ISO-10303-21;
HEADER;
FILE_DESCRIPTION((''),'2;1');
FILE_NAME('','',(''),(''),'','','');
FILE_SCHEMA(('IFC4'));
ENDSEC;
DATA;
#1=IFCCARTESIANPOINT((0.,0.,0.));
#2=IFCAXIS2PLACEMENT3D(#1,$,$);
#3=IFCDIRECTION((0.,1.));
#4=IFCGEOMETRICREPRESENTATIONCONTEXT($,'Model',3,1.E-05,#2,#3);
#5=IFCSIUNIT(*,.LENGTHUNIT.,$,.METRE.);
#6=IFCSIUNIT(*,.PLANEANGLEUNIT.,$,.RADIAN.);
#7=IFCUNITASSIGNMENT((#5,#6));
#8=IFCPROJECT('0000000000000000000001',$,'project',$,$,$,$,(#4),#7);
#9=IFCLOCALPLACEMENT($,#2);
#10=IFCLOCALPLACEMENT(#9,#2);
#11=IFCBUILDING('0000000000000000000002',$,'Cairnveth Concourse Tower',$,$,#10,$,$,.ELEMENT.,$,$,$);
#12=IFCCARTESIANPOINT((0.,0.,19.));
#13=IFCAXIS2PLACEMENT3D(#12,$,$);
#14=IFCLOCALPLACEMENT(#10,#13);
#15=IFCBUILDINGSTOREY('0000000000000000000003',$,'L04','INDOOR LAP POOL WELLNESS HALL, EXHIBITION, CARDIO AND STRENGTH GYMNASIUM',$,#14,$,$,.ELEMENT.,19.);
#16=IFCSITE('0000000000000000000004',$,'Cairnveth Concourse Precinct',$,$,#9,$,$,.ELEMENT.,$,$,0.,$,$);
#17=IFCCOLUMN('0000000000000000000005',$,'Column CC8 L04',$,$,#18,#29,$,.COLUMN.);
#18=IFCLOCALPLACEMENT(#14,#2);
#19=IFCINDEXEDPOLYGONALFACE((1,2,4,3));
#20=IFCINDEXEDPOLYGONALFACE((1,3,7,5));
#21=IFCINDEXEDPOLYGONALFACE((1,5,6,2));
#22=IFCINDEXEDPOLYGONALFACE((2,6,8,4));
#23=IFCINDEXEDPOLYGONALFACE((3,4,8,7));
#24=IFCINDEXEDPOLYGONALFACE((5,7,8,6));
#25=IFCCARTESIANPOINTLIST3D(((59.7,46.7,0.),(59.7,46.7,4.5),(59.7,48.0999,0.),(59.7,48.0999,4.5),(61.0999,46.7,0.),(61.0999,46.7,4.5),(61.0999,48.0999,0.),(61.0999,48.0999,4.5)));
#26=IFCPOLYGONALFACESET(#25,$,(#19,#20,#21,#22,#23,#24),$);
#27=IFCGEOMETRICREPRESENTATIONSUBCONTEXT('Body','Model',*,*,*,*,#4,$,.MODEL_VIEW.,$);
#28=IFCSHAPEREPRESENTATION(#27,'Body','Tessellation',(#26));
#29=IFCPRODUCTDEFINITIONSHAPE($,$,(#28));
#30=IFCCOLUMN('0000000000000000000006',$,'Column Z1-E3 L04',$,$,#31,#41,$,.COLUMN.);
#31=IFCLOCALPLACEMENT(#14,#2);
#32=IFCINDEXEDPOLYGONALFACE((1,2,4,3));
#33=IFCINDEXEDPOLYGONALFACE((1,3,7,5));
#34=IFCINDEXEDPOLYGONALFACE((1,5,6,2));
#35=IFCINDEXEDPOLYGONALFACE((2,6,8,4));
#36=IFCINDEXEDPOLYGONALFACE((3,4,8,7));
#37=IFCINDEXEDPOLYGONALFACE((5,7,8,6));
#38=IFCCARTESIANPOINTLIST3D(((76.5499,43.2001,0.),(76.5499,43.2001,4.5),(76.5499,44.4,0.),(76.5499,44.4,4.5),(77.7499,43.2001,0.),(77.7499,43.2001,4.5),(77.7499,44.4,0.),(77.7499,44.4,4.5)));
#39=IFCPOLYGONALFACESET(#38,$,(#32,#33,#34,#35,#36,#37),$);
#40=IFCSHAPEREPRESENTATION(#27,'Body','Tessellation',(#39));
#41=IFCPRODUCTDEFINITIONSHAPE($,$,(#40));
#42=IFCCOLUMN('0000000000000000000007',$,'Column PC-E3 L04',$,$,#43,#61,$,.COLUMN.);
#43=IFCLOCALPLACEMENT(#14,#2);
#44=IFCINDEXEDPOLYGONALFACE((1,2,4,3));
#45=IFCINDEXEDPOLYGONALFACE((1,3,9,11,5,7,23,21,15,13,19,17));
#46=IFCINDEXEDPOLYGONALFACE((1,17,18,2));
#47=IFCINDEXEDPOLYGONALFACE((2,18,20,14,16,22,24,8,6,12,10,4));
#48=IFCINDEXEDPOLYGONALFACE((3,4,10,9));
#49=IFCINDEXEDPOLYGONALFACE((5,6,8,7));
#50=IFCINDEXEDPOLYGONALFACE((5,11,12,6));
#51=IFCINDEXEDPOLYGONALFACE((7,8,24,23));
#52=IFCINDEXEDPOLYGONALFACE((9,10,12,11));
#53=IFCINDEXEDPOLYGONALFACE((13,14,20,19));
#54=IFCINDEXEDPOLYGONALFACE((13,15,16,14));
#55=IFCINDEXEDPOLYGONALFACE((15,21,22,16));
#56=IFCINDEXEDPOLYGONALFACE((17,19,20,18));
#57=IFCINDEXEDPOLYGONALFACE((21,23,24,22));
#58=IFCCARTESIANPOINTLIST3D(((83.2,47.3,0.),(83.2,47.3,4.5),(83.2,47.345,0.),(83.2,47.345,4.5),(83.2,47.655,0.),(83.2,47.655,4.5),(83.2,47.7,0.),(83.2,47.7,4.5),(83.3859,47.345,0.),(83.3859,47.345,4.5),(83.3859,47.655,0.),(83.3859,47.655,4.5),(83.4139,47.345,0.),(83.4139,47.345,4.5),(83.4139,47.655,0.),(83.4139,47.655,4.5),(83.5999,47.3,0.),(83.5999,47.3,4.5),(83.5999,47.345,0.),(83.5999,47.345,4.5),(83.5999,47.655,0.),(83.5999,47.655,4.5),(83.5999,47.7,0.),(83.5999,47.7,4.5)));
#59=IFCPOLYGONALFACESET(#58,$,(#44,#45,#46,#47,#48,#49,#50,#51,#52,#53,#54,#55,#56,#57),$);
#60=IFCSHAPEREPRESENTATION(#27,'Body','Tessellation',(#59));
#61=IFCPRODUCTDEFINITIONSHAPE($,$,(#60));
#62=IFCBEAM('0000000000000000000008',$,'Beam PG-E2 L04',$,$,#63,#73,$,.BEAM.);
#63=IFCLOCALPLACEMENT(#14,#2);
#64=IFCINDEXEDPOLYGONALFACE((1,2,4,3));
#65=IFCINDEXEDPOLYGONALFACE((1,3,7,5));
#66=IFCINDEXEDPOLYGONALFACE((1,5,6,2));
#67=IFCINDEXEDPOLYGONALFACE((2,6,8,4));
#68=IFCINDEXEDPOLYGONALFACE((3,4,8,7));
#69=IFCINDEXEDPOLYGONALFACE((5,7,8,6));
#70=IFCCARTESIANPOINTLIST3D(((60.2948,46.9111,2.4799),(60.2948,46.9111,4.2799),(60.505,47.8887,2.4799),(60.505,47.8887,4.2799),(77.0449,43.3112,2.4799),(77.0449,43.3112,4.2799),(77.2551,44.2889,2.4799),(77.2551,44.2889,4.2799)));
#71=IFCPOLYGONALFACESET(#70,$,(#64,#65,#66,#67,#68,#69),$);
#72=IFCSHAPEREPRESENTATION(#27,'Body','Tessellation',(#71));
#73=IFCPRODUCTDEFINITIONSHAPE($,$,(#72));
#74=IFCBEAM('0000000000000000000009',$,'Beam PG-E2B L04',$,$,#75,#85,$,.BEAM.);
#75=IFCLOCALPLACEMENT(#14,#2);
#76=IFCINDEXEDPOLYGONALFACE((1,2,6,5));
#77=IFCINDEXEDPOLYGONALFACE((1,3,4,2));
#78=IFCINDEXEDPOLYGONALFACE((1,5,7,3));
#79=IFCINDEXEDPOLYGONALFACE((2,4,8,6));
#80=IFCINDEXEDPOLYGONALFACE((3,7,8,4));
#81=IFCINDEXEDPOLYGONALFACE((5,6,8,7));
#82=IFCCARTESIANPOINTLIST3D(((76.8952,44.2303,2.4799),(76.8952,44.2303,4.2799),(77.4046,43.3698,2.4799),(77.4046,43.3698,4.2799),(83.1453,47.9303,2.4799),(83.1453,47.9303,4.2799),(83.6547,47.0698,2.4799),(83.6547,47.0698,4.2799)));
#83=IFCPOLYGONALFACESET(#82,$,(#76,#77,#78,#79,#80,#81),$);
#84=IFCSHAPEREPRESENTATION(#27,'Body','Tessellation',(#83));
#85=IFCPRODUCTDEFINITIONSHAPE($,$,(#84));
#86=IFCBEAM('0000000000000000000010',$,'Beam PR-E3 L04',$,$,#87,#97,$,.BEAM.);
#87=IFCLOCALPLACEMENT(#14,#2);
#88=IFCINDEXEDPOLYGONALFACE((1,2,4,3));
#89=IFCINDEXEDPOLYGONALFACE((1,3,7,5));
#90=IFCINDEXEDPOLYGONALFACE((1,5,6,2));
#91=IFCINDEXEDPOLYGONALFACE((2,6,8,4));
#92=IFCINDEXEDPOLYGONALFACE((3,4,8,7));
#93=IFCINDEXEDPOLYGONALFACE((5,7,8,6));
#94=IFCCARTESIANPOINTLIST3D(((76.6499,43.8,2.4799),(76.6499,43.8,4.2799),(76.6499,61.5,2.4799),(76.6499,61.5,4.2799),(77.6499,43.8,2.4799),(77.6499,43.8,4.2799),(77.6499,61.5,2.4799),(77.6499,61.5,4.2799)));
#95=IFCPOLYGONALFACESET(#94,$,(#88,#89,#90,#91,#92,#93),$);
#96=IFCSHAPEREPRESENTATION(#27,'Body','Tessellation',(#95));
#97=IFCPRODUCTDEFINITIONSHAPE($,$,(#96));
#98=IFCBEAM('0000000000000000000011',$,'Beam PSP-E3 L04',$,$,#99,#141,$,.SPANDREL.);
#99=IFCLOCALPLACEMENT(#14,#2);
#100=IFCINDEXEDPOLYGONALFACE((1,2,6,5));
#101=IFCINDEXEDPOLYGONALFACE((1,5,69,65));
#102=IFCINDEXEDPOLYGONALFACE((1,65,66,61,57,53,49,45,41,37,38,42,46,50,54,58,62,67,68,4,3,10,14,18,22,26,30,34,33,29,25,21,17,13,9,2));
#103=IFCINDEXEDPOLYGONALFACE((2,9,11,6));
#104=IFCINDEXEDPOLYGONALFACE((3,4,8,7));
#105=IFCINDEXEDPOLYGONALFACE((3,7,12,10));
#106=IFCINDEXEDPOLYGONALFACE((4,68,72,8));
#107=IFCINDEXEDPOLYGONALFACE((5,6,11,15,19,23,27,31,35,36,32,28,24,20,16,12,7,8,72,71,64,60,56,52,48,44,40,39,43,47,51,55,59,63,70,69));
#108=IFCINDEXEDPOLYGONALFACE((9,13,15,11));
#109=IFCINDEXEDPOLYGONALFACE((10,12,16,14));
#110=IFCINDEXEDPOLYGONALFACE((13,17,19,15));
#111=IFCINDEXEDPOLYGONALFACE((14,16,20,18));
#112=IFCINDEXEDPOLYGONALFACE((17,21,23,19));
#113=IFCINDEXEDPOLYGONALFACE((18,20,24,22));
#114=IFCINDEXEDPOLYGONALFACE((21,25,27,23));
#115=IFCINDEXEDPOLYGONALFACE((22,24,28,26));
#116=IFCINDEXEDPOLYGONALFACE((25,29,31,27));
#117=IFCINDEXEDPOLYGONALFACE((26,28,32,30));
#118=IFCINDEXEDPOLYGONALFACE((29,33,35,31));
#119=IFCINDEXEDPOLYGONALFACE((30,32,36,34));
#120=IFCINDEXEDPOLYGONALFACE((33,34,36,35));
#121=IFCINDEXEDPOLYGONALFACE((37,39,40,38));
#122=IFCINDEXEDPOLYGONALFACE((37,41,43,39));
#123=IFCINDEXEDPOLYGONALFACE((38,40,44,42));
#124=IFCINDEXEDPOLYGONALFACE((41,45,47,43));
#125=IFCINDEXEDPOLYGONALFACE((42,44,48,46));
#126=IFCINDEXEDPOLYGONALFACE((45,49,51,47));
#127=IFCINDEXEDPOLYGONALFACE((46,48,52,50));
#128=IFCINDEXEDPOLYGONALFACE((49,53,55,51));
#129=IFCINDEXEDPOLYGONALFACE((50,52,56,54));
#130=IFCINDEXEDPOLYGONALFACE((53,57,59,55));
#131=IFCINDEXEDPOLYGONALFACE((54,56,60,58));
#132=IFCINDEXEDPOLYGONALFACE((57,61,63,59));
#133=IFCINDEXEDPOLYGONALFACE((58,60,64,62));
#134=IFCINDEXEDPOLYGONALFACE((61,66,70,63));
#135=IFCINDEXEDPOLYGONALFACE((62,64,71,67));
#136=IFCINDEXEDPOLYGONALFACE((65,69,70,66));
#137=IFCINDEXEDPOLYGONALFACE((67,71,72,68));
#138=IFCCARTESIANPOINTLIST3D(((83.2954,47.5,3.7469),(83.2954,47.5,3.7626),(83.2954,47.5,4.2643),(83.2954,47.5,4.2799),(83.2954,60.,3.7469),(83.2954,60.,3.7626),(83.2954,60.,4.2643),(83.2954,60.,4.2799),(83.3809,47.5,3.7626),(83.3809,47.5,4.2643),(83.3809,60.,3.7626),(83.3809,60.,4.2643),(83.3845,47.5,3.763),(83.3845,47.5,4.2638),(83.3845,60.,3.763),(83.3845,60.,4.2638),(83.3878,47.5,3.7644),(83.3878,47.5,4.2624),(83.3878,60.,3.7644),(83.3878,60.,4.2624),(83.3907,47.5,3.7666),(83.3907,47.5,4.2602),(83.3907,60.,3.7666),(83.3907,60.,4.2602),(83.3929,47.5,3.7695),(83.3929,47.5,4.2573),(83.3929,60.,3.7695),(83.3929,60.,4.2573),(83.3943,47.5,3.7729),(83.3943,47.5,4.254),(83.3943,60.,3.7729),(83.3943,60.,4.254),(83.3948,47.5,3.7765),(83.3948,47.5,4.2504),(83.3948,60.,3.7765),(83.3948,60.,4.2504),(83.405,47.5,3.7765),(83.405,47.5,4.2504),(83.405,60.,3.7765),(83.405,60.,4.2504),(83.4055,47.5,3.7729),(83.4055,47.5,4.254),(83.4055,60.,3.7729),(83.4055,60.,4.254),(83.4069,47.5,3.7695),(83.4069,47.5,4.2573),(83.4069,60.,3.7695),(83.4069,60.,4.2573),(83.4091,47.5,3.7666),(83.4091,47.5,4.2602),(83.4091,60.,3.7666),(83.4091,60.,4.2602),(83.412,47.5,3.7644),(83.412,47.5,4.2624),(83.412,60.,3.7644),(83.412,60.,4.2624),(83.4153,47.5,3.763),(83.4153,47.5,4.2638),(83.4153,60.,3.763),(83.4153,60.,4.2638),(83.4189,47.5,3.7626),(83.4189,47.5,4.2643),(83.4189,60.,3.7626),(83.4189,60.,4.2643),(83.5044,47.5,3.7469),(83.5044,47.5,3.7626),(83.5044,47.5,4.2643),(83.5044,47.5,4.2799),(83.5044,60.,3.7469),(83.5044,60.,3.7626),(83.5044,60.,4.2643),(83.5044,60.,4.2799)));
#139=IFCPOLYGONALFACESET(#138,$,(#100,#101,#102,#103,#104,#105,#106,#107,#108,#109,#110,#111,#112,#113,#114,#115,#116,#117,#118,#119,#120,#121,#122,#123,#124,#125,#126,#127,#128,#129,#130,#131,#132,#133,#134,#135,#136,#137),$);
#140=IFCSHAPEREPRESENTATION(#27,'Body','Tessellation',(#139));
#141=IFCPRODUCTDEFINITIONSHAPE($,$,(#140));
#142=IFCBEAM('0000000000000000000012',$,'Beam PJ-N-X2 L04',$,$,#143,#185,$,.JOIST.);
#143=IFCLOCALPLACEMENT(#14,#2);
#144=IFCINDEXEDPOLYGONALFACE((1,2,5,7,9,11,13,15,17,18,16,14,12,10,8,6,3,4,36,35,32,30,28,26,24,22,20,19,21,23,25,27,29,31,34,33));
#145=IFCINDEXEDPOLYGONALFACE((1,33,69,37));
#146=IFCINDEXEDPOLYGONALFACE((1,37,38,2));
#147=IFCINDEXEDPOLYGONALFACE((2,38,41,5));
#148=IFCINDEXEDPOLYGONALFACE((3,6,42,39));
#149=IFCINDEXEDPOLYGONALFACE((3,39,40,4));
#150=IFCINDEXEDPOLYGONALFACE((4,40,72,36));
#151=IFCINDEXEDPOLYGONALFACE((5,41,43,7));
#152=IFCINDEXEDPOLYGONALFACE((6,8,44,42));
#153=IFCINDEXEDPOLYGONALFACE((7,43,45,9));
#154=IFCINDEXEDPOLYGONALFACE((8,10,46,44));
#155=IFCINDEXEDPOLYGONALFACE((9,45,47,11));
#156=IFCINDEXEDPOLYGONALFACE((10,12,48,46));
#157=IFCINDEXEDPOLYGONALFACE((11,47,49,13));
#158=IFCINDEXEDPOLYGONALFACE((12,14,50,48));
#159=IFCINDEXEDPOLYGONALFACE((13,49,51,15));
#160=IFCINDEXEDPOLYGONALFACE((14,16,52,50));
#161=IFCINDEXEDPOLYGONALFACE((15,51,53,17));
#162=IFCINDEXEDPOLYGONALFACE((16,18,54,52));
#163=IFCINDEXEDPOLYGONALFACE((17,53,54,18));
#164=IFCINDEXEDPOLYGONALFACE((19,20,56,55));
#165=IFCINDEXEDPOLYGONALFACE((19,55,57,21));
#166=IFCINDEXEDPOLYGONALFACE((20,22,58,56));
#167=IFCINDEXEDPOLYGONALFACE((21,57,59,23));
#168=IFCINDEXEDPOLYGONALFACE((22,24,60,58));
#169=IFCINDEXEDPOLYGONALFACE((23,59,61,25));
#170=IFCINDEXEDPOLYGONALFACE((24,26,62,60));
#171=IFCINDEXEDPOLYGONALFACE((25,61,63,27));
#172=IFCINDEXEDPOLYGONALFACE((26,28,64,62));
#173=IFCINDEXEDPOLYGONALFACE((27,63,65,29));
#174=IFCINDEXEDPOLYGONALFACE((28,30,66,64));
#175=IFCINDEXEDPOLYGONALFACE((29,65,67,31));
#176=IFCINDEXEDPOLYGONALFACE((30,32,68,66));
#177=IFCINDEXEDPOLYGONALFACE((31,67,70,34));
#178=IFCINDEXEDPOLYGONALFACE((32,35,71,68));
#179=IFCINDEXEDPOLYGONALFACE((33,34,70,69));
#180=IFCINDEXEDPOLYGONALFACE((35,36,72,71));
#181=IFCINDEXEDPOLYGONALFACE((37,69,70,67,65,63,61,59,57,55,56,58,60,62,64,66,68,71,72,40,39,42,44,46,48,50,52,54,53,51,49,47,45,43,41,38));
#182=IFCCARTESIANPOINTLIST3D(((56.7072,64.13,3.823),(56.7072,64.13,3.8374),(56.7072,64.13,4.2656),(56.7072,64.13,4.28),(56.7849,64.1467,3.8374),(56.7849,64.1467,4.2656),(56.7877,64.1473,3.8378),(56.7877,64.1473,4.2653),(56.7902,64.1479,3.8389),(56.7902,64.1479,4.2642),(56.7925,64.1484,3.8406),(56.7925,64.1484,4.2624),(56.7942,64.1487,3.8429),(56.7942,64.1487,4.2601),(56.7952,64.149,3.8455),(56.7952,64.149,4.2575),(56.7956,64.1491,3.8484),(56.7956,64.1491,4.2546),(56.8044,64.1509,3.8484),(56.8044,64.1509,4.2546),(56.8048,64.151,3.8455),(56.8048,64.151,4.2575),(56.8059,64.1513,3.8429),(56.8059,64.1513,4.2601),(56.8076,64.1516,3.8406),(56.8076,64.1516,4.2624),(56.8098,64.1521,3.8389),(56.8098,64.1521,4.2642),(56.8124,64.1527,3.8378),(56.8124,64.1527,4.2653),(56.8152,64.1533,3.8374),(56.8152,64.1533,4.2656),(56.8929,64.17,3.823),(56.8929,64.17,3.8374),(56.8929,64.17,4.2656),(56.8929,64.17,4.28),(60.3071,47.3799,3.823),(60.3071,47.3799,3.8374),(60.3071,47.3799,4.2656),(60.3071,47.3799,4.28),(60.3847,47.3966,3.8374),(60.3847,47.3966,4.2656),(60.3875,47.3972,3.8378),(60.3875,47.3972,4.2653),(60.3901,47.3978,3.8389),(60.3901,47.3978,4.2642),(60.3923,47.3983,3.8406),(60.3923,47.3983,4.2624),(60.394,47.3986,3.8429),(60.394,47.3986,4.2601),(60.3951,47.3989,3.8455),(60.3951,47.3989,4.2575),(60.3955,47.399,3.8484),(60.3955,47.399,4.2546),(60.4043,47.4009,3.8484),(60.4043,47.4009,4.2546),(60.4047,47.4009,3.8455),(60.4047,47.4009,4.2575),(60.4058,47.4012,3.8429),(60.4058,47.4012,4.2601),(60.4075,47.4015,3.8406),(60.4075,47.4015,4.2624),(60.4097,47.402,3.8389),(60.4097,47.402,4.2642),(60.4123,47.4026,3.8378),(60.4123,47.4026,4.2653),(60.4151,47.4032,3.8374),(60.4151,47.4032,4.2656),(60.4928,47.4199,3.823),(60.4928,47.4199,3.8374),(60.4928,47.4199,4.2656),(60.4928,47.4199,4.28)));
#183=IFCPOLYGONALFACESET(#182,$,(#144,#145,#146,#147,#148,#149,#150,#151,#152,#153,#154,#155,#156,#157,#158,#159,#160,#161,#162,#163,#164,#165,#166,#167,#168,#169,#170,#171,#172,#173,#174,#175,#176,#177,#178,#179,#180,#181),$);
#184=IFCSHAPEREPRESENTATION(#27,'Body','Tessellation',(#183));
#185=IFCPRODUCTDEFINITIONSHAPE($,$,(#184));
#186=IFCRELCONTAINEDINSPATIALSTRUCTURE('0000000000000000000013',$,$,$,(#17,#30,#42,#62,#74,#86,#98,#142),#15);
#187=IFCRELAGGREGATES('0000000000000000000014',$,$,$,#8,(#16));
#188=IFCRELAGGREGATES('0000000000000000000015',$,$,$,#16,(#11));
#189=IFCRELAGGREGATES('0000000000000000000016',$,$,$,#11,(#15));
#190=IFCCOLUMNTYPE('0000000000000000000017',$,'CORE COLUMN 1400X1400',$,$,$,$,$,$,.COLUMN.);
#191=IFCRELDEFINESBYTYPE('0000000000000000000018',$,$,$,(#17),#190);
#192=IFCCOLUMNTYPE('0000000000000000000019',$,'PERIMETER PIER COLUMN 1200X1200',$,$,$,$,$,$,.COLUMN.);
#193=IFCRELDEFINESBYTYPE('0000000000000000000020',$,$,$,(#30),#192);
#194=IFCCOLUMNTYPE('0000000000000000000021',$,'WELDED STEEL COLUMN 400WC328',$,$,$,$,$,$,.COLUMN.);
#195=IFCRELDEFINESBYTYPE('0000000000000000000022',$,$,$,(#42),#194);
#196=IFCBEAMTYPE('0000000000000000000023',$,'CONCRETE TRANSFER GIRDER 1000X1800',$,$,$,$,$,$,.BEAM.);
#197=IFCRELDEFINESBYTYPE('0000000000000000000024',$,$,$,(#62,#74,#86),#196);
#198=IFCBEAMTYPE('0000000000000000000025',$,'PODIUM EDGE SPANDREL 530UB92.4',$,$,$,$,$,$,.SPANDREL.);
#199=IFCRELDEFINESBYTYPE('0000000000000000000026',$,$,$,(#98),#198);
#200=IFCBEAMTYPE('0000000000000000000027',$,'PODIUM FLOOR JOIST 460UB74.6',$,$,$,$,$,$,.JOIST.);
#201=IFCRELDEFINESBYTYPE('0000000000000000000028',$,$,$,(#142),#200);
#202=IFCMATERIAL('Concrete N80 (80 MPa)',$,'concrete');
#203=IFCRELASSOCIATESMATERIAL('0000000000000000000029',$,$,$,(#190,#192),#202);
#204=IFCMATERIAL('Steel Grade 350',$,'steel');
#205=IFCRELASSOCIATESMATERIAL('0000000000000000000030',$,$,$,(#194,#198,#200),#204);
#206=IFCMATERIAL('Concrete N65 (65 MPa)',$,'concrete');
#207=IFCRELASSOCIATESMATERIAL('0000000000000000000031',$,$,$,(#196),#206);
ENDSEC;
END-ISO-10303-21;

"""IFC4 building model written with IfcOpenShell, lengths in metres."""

from ifc_helpers import new_model, si_unit, direction, frame, origin, origin_2d, place, context, subcontext, project, spatial, rectangle, i_section, extrude, material, material_profile, profile_set, type_object, element, save


model = new_model("IFC4")

# Units and contexts
model_context = context("Model", 3, precision=1e-05, world=origin(), true_north=direction((0.0, 1.0)))
body_context = subcontext(model_context, "Body", "Model", "MODEL_VIEW")
ifc_project = project(units=[si_unit("LENGTHUNIT", "METRE"), si_unit("PLANEANGLEUNIT", "RADIAN")], contexts=[model_context])

# Site, building, storey
site_placement = place(None, origin())
site = spatial("IfcSite", under=ifc_project, at=site_placement, Name="Cairnveth Concourse Precinct", CompositionType="ELEMENT", RefElevation=0.0)
building_placement = place(site_placement, origin())
building = spatial("IfcBuilding", under=site, at=building_placement, Name="Cairnveth Concourse Tower", CompositionType="ELEMENT")
storey_placement = place(building_placement, frame((0.0, 0.0, 19.0)))
storey = spatial("IfcBuildingStorey", under=building, at=storey_placement, Name="L04", Description="INDOOR LAP POOL WELLNESS HALL, EXHIBITION, CARDIO AND STRENGTH GYMNASIUM", CompositionType="ELEMENT", Elevation=19.0)

# Columns
ifc_material_1 = material(Name="Concrete N80 (80 MPa)", Category="concrete")
ifc_material_profile_1 = material_profile(ifc_material_1, rectangle(XDim=1.3999, YDim=1.3999, at=origin_2d()), Name="RC-COL-1400x1400")
ifc_profile_set_1 = profile_set([ifc_material_profile_1], Name="Concrete N80 (80 MPa)")
column_type_1 = type_object("IfcColumnType", Name="CORE COLUMN 1400X1400", PredefinedType="COLUMN", material=ifc_profile_set_1)
column_1_placement = place(storey_placement, frame((60.3999, 47.3999, 0.0), z_axis=(0.0, 0.0, 1.0), x_axis=(1.0, 0.0, 0.0)))
element("IfcColumn", 1, at=column_1_placement, inside=storey, type_object=column_type_1, Name="Column CC8 L04", PredefinedType="COLUMN", context=body_context, shape_type="SweptSolid", body=[
    extrude(rectangle(XDim=1.3999, YDim=1.3999, at=origin_2d()), origin(), (0.0, 0.0, 1.0), 4.5),
])
ifc_material_profile_2 = material_profile(ifc_material_1, rectangle(XDim=1.2, YDim=1.2, at=origin_2d()), Name="RC-COL-1200x1200")
ifc_profile_set_2 = profile_set([ifc_material_profile_2], Name="Concrete N80 (80 MPa)")
column_type_2 = type_object("IfcColumnType", Name="PERIMETER PIER COLUMN 1200X1200", PredefinedType="COLUMN", material=ifc_profile_set_2)
column_2_placement = place(storey_placement, frame((77.1499, 43.8, 0.0), z_axis=(0.0, 0.0, 1.0), x_axis=(1.0, 0.0, 0.0)))
element("IfcColumn", 2, at=column_2_placement, inside=storey, type_object=column_type_2, Name="Column Z1-E3 L04", PredefinedType="COLUMN", context=body_context, shape_type="SweptSolid", body=[
    extrude(rectangle(XDim=1.2, YDim=1.2, at=origin_2d()), origin(), (0.0, 0.0, 1.0), 4.5),
])
ifc_material_2 = material(Name="Steel Grade 350", Category="steel")
ifc_material_profile_3 = material_profile(ifc_material_2, i_section(OverallWidth=0.3999, OverallDepth=0.3999, WebThickness=0.0281, FlangeThickness=0.0449, at=origin_2d()), Name="400WC328")
ifc_profile_set_3 = profile_set([ifc_material_profile_3], Name="Steel Grade 350")
column_type_3 = type_object("IfcColumnType", Name="WELDED STEEL COLUMN 400WC328", PredefinedType="COLUMN", material=ifc_profile_set_3)
column_3_placement = place(storey_placement, frame((83.3999, 47.5, 0.0), z_axis=(0.0, 0.0, 1.0), x_axis=(1.0, 0.0, 0.0)))
element("IfcColumn", 3, at=column_3_placement, inside=storey, type_object=column_type_3, Name="Column PC-E3 L04", PredefinedType="COLUMN", context=body_context, shape_type="SweptSolid", body=[
    extrude(i_section(OverallWidth=0.3999, OverallDepth=0.3999, WebThickness=0.0281, FlangeThickness=0.0449, at=origin_2d()), origin(), (0.0, 0.0, 1.0), 4.5),
])

# Beams
ifc_material_3 = material(Name="Concrete N65 (65 MPa)", Category="concrete")
ifc_material_profile_4 = material_profile(ifc_material_3, rectangle(XDim=1.0, YDim=1.8, at=origin_2d()), Name="RC-TB-1000x1800")
ifc_profile_set_4 = profile_set([ifc_material_profile_4], Name="Concrete N65 (65 MPa)")
beam_type_1 = type_object("IfcBeamType", Name="CONCRETE TRANSFER GIRDER 1000X1800", PredefinedType="BEAM", material=ifc_profile_set_4)
beam_1_placement = place(storey_placement, frame((60.3999, 47.3999, 3.3799), z_axis=(0.977676, -0.210119, 0.0), x_axis=(0.210119, 0.977676, 0.0)))
element("IfcBeam", 4, at=beam_1_placement, inside=storey, type_object=beam_type_1, Name="Beam PG-E2 L04", PredefinedType="BEAM", context=body_context, shape_type="SweptSolid", body=[
    extrude(rectangle(XDim=1.0, YDim=1.8, at=origin_2d()), origin(), (0.0, 0.0, 1.0), 17.1326),
])
beam_2_placement = place(storey_placement, frame((77.1499, 43.8, 3.3799), z_axis=(0.860518, 0.50942, 0.0), x_axis=(-0.50942, 0.860518, 0.0)))
element("IfcBeam", 5, at=beam_2_placement, inside=storey, type_object=beam_type_1, Name="Beam PG-E2B L04", PredefinedType="BEAM", context=body_context, shape_type="SweptSolid", body=[
    extrude(rectangle(XDim=1.0, YDim=1.8, at=origin_2d()), origin(), (0.0, 0.0, 1.0), 7.2632),
])
beam_3_placement = place(storey_placement, frame((77.1499, 43.8, 3.3799), z_axis=(0.0, 1.0, 0.0), x_axis=(-1.0, 0.0, 0.0)))
element("IfcBeam", 6, at=beam_3_placement, inside=storey, type_object=beam_type_1, Name="Beam PR-E3 L04", PredefinedType="BEAM", context=body_context, shape_type="SweptSolid", body=[
    extrude(rectangle(XDim=1.0, YDim=1.8, at=origin_2d()), origin(), (0.0, 0.0, 1.0), 17.7),
])
ifc_material_profile_5 = material_profile(ifc_material_2, i_section(OverallWidth=0.209, OverallDepth=0.533, WebThickness=0.0103, FlangeThickness=0.0156, FilletRadius=0.0139, at=origin_2d()), Name="530UB92.4")
ifc_profile_set_5 = profile_set([ifc_material_profile_5], Name="Steel Grade 350")
beam_type_2 = type_object("IfcBeamType", Name="PODIUM EDGE SPANDREL 530UB92.4", PredefinedType="SPANDREL", material=ifc_profile_set_5)
beam_4_placement = place(storey_placement, frame((83.3999, 47.5, 4.0134), z_axis=(0.0, 1.0, 0.0), x_axis=(-1.0, 0.0, 0.0)))
element("IfcBeam", 7, at=beam_4_placement, inside=storey, type_object=beam_type_2, Name="Beam PSP-E3 L04", PredefinedType="SPANDREL", context=body_context, shape_type="SweptSolid", body=[
    extrude(i_section(OverallWidth=0.209, OverallDepth=0.533, WebThickness=0.0103, FlangeThickness=0.0156, FilletRadius=0.0139, at=origin_2d()), origin(), (0.0, 0.0, 1.0), 12.5),
])
ifc_material_profile_6 = material_profile(ifc_material_2, i_section(OverallWidth=0.1899, OverallDepth=0.457, WebThickness=0.009, FlangeThickness=0.0144, FilletRadius=0.011, at=origin_2d()), Name="460UB74.6")
ifc_profile_set_6 = profile_set([ifc_material_profile_6], Name="Steel Grade 350")
beam_type_3 = type_object("IfcBeamType", Name="PODIUM FLOOR JOIST 460UB74.6", PredefinedType="JOIST", material=ifc_profile_set_6)
beam_5_placement = place(storey_placement, frame((60.3999, 47.3999, 4.0515), z_axis=(-0.210119, 0.977676, 0.0), x_axis=(-0.977676, -0.210119, 0.0)))
element("IfcBeam", 8, at=beam_5_placement, inside=storey, type_object=beam_type_3, Name="Beam PJ-N-X2 L04", PredefinedType="JOIST", context=body_context, shape_type="SweptSolid", body=[
    extrude(i_section(OverallWidth=0.1899, OverallDepth=0.457, WebThickness=0.009, FlangeThickness=0.0144, FilletRadius=0.011, at=origin_2d()), origin(), (0.0, 0.0, 1.0), 17.1326),
])

save(model, "model.ifc")
